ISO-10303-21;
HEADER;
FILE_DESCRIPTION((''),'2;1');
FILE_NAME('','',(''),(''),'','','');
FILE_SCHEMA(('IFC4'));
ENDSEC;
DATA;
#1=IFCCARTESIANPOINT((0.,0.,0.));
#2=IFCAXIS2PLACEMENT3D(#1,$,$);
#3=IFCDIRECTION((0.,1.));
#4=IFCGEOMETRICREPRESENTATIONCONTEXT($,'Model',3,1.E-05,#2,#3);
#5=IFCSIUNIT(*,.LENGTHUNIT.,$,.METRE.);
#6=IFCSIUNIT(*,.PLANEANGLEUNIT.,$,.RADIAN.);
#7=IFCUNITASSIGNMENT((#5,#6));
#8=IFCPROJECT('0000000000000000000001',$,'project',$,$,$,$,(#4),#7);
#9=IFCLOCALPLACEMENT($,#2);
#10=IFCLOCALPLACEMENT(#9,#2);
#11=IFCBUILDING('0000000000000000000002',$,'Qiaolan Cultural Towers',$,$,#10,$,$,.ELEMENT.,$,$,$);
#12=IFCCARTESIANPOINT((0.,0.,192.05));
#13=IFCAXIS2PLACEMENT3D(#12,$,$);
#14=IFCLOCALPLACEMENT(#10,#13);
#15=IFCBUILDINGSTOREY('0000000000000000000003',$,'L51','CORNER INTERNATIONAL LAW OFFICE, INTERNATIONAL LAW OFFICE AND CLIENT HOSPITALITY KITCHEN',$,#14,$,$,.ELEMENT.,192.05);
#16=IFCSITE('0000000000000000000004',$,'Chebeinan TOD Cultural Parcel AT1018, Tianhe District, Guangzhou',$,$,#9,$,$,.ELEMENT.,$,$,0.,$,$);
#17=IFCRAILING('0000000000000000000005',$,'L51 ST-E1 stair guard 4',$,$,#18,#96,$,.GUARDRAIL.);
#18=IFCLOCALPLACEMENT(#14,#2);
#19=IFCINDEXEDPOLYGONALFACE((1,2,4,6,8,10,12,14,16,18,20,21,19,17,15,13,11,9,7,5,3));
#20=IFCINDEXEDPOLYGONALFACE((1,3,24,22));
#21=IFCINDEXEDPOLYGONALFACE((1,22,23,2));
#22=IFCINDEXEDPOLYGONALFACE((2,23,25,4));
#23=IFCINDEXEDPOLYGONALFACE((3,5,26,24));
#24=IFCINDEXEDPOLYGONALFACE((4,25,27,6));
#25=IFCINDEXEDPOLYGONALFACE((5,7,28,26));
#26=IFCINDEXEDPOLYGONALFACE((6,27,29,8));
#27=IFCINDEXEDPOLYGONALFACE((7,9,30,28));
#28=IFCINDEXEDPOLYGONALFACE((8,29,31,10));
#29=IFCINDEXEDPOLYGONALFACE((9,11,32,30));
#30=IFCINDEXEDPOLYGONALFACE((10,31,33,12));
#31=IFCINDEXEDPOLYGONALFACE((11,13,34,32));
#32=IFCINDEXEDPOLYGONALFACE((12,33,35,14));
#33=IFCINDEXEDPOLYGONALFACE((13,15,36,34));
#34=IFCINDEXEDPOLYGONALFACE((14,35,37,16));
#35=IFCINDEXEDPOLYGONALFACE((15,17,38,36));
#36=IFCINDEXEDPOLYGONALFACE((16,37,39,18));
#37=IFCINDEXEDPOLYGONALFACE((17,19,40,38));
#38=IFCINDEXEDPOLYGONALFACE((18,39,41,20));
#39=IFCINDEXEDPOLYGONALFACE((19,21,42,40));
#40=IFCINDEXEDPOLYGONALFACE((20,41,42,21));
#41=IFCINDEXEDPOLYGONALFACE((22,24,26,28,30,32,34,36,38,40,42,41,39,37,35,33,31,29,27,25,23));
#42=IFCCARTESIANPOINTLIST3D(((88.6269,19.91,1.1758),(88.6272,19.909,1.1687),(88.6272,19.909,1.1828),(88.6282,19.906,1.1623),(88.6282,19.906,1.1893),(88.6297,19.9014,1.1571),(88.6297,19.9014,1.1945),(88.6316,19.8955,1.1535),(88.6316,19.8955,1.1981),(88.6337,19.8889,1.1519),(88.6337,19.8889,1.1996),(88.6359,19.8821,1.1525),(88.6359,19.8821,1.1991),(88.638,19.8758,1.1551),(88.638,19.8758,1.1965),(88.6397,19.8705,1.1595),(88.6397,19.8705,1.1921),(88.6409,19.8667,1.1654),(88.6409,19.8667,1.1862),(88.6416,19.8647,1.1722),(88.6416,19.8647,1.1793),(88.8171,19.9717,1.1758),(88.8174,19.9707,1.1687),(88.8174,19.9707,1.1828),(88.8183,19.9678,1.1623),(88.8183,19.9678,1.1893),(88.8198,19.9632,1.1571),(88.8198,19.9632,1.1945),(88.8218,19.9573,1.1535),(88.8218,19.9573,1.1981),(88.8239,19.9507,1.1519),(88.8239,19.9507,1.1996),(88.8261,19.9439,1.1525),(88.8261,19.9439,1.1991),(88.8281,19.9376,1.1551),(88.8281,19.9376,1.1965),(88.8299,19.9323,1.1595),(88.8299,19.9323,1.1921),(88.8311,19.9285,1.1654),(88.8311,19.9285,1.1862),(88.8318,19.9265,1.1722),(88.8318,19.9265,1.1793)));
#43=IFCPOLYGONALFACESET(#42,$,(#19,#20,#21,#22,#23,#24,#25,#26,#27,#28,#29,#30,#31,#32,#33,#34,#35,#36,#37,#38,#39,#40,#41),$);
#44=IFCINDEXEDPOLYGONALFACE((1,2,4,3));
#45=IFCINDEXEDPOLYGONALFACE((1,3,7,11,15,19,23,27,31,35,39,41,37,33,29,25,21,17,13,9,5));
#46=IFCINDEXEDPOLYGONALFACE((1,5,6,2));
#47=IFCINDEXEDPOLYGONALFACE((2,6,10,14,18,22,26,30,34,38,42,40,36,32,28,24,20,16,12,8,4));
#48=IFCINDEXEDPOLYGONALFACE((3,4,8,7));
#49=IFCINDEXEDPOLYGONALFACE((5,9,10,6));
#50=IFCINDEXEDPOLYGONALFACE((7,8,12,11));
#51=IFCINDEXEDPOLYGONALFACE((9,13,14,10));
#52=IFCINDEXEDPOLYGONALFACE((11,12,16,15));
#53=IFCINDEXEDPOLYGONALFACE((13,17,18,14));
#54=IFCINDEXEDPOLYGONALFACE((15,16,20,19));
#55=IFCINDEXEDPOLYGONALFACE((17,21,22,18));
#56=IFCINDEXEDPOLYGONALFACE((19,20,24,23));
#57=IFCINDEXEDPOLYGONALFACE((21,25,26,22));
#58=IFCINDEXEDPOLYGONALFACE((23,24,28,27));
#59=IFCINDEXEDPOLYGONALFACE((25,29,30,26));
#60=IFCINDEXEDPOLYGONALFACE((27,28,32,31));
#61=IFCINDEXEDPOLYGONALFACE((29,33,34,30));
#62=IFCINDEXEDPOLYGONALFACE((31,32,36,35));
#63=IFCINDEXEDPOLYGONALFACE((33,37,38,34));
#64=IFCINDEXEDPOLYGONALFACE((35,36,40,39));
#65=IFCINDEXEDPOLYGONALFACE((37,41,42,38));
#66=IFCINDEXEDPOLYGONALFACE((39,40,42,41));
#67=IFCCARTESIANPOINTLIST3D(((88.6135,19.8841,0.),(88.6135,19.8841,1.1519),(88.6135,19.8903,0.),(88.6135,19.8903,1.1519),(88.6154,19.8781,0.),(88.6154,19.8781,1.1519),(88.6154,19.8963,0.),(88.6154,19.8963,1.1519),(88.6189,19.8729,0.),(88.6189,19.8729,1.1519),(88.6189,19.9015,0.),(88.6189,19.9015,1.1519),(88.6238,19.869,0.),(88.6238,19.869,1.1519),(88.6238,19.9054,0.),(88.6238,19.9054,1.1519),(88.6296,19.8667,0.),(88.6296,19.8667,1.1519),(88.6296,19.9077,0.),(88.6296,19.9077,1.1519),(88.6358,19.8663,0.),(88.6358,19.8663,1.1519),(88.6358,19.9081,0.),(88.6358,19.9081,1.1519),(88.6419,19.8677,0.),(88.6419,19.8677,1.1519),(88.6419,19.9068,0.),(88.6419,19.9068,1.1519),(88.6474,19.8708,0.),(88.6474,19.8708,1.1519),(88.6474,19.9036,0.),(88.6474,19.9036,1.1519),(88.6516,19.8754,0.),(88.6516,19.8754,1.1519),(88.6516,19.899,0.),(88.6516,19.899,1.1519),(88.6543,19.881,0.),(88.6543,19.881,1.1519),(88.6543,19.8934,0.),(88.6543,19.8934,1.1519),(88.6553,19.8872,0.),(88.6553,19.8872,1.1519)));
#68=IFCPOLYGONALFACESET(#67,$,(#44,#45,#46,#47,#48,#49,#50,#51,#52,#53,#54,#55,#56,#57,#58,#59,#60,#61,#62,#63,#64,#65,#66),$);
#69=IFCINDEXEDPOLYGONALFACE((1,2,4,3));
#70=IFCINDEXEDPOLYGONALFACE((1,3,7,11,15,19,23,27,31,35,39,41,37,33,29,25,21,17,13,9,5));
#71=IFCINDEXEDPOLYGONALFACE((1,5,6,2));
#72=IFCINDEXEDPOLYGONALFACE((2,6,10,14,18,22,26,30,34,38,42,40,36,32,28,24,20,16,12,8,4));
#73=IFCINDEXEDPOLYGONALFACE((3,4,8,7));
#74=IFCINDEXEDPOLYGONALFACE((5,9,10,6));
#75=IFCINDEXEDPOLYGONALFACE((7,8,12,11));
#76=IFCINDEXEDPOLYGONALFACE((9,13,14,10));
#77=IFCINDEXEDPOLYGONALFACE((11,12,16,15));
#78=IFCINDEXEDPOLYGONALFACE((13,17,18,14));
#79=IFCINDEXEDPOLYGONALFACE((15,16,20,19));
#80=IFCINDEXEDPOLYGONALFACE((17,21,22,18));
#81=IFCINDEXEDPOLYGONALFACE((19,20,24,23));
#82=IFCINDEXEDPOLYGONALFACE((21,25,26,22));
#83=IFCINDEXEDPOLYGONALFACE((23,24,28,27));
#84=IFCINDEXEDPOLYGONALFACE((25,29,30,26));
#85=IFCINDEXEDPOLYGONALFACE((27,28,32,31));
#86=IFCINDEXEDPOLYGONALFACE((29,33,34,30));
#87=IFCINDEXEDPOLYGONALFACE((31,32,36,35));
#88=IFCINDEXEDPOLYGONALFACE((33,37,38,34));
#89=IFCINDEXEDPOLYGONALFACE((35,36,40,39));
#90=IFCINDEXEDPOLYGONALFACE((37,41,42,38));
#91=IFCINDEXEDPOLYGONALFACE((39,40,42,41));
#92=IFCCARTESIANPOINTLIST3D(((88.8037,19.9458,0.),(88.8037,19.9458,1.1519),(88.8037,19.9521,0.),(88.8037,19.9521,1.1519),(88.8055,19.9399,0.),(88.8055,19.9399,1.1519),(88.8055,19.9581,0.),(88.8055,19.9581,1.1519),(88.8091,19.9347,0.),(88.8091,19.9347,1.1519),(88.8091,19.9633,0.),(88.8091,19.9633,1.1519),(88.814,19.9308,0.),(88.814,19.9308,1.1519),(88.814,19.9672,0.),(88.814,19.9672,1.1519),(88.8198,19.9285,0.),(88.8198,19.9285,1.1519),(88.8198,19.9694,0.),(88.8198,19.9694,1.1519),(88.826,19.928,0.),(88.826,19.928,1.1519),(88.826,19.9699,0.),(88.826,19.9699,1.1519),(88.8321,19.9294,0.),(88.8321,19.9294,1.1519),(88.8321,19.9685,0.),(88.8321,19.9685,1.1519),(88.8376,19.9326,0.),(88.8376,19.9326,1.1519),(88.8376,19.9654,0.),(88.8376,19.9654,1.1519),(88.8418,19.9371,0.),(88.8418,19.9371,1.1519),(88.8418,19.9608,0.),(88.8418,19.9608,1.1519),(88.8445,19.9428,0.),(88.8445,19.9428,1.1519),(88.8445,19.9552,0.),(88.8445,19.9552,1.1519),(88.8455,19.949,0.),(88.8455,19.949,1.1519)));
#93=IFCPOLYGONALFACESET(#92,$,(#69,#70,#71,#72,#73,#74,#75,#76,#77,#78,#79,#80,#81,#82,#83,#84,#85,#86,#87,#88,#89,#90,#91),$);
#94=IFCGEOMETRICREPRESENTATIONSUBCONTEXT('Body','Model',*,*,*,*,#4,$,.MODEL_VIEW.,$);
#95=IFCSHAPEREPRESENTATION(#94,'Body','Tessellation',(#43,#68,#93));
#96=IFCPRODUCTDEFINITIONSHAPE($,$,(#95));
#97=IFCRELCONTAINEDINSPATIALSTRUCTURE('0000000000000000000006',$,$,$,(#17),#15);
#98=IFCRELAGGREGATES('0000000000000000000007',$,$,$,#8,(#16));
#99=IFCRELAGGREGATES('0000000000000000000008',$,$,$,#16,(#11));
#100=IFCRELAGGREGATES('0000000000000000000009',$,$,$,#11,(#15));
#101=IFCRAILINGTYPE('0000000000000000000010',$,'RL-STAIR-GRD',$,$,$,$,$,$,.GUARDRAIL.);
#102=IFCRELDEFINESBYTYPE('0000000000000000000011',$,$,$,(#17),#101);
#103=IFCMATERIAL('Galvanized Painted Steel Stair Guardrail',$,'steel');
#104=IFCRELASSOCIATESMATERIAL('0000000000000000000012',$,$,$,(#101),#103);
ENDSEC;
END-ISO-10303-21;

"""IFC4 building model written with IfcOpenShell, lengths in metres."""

from ifc_helpers import new_model, si_unit, direction, frame, origin, origin_2d, place, context, subcontext, project, spatial, circle, extrude, material, type_object, element, save


model = new_model("IFC4")

# Units and contexts
model_context = context("Model", 3, precision=1e-05, world=origin(), true_north=direction((0.0, 1.0)))
body_context = subcontext(model_context, "Body", "Model", "MODEL_VIEW")
ifc_project = project(units=[si_unit("LENGTHUNIT", "METRE"), si_unit("PLANEANGLEUNIT", "RADIAN")], contexts=[model_context])

# Site, building, storey
site_placement = place(None, origin())
site = spatial("IfcSite", under=ifc_project, at=site_placement, Name="Chebeinan TOD Cultural Parcel AT1018, Tianhe District, Guangzhou", CompositionType="ELEMENT", RefElevation=0.0)
building_placement = place(site_placement, origin())
building = spatial("IfcBuilding", under=site, at=building_placement, Name="Qiaolan Cultural Towers", CompositionType="ELEMENT")
storey_placement = place(building_placement, frame((0.0, 0.0, 192.05)))
storey = spatial("IfcBuildingStorey", under=building, at=storey_placement, Name="L51", Description="CORNER INTERNATIONAL LAW OFFICE, INTERNATIONAL LAW OFFICE AND CLIENT HOSPITALITY KITCHEN", CompositionType="ELEMENT", Elevation=192.05)

# Railing
ifc_material_1 = material(Name="Galvanized Painted Steel Stair Guardrail", Category="steel")
railing_type_1 = type_object("IfcRailingType", Name="RL-STAIR-GRD", PredefinedType="GUARDRAIL", material=ifc_material_1)
railing_1_placement = place(storey_placement, frame((88.6343, 19.8872, 0.0)))
element("IfcRailing", 1, at=railing_1_placement, inside=storey, type_object=railing_type_1, Name="L51 ST-E1 stair guard 4", PredefinedType="GUARDRAIL", context=body_context, shape_type="SweptSolid", body=[
    extrude(circle(Radius=0.0239, at=origin_2d()), frame((0.0, 0.0, 1.1758), z_axis=(0.951097, 0.308893, 0.0), x_axis=(-0.308893, 0.951097, 0.0)), (0.0, 0.0, 1.0), 0.2),
    extrude(circle(Radius=0.021, at=origin_2d()), origin(), (0.0, 0.0, 1.0), 1.1519),
    extrude(circle(Radius=0.021, at=origin_2d()), frame((0.1902, 0.0618, 0.0)), (0.0, 0.0, 1.0), 1.1519),
])

save(model, "model.ifc")
